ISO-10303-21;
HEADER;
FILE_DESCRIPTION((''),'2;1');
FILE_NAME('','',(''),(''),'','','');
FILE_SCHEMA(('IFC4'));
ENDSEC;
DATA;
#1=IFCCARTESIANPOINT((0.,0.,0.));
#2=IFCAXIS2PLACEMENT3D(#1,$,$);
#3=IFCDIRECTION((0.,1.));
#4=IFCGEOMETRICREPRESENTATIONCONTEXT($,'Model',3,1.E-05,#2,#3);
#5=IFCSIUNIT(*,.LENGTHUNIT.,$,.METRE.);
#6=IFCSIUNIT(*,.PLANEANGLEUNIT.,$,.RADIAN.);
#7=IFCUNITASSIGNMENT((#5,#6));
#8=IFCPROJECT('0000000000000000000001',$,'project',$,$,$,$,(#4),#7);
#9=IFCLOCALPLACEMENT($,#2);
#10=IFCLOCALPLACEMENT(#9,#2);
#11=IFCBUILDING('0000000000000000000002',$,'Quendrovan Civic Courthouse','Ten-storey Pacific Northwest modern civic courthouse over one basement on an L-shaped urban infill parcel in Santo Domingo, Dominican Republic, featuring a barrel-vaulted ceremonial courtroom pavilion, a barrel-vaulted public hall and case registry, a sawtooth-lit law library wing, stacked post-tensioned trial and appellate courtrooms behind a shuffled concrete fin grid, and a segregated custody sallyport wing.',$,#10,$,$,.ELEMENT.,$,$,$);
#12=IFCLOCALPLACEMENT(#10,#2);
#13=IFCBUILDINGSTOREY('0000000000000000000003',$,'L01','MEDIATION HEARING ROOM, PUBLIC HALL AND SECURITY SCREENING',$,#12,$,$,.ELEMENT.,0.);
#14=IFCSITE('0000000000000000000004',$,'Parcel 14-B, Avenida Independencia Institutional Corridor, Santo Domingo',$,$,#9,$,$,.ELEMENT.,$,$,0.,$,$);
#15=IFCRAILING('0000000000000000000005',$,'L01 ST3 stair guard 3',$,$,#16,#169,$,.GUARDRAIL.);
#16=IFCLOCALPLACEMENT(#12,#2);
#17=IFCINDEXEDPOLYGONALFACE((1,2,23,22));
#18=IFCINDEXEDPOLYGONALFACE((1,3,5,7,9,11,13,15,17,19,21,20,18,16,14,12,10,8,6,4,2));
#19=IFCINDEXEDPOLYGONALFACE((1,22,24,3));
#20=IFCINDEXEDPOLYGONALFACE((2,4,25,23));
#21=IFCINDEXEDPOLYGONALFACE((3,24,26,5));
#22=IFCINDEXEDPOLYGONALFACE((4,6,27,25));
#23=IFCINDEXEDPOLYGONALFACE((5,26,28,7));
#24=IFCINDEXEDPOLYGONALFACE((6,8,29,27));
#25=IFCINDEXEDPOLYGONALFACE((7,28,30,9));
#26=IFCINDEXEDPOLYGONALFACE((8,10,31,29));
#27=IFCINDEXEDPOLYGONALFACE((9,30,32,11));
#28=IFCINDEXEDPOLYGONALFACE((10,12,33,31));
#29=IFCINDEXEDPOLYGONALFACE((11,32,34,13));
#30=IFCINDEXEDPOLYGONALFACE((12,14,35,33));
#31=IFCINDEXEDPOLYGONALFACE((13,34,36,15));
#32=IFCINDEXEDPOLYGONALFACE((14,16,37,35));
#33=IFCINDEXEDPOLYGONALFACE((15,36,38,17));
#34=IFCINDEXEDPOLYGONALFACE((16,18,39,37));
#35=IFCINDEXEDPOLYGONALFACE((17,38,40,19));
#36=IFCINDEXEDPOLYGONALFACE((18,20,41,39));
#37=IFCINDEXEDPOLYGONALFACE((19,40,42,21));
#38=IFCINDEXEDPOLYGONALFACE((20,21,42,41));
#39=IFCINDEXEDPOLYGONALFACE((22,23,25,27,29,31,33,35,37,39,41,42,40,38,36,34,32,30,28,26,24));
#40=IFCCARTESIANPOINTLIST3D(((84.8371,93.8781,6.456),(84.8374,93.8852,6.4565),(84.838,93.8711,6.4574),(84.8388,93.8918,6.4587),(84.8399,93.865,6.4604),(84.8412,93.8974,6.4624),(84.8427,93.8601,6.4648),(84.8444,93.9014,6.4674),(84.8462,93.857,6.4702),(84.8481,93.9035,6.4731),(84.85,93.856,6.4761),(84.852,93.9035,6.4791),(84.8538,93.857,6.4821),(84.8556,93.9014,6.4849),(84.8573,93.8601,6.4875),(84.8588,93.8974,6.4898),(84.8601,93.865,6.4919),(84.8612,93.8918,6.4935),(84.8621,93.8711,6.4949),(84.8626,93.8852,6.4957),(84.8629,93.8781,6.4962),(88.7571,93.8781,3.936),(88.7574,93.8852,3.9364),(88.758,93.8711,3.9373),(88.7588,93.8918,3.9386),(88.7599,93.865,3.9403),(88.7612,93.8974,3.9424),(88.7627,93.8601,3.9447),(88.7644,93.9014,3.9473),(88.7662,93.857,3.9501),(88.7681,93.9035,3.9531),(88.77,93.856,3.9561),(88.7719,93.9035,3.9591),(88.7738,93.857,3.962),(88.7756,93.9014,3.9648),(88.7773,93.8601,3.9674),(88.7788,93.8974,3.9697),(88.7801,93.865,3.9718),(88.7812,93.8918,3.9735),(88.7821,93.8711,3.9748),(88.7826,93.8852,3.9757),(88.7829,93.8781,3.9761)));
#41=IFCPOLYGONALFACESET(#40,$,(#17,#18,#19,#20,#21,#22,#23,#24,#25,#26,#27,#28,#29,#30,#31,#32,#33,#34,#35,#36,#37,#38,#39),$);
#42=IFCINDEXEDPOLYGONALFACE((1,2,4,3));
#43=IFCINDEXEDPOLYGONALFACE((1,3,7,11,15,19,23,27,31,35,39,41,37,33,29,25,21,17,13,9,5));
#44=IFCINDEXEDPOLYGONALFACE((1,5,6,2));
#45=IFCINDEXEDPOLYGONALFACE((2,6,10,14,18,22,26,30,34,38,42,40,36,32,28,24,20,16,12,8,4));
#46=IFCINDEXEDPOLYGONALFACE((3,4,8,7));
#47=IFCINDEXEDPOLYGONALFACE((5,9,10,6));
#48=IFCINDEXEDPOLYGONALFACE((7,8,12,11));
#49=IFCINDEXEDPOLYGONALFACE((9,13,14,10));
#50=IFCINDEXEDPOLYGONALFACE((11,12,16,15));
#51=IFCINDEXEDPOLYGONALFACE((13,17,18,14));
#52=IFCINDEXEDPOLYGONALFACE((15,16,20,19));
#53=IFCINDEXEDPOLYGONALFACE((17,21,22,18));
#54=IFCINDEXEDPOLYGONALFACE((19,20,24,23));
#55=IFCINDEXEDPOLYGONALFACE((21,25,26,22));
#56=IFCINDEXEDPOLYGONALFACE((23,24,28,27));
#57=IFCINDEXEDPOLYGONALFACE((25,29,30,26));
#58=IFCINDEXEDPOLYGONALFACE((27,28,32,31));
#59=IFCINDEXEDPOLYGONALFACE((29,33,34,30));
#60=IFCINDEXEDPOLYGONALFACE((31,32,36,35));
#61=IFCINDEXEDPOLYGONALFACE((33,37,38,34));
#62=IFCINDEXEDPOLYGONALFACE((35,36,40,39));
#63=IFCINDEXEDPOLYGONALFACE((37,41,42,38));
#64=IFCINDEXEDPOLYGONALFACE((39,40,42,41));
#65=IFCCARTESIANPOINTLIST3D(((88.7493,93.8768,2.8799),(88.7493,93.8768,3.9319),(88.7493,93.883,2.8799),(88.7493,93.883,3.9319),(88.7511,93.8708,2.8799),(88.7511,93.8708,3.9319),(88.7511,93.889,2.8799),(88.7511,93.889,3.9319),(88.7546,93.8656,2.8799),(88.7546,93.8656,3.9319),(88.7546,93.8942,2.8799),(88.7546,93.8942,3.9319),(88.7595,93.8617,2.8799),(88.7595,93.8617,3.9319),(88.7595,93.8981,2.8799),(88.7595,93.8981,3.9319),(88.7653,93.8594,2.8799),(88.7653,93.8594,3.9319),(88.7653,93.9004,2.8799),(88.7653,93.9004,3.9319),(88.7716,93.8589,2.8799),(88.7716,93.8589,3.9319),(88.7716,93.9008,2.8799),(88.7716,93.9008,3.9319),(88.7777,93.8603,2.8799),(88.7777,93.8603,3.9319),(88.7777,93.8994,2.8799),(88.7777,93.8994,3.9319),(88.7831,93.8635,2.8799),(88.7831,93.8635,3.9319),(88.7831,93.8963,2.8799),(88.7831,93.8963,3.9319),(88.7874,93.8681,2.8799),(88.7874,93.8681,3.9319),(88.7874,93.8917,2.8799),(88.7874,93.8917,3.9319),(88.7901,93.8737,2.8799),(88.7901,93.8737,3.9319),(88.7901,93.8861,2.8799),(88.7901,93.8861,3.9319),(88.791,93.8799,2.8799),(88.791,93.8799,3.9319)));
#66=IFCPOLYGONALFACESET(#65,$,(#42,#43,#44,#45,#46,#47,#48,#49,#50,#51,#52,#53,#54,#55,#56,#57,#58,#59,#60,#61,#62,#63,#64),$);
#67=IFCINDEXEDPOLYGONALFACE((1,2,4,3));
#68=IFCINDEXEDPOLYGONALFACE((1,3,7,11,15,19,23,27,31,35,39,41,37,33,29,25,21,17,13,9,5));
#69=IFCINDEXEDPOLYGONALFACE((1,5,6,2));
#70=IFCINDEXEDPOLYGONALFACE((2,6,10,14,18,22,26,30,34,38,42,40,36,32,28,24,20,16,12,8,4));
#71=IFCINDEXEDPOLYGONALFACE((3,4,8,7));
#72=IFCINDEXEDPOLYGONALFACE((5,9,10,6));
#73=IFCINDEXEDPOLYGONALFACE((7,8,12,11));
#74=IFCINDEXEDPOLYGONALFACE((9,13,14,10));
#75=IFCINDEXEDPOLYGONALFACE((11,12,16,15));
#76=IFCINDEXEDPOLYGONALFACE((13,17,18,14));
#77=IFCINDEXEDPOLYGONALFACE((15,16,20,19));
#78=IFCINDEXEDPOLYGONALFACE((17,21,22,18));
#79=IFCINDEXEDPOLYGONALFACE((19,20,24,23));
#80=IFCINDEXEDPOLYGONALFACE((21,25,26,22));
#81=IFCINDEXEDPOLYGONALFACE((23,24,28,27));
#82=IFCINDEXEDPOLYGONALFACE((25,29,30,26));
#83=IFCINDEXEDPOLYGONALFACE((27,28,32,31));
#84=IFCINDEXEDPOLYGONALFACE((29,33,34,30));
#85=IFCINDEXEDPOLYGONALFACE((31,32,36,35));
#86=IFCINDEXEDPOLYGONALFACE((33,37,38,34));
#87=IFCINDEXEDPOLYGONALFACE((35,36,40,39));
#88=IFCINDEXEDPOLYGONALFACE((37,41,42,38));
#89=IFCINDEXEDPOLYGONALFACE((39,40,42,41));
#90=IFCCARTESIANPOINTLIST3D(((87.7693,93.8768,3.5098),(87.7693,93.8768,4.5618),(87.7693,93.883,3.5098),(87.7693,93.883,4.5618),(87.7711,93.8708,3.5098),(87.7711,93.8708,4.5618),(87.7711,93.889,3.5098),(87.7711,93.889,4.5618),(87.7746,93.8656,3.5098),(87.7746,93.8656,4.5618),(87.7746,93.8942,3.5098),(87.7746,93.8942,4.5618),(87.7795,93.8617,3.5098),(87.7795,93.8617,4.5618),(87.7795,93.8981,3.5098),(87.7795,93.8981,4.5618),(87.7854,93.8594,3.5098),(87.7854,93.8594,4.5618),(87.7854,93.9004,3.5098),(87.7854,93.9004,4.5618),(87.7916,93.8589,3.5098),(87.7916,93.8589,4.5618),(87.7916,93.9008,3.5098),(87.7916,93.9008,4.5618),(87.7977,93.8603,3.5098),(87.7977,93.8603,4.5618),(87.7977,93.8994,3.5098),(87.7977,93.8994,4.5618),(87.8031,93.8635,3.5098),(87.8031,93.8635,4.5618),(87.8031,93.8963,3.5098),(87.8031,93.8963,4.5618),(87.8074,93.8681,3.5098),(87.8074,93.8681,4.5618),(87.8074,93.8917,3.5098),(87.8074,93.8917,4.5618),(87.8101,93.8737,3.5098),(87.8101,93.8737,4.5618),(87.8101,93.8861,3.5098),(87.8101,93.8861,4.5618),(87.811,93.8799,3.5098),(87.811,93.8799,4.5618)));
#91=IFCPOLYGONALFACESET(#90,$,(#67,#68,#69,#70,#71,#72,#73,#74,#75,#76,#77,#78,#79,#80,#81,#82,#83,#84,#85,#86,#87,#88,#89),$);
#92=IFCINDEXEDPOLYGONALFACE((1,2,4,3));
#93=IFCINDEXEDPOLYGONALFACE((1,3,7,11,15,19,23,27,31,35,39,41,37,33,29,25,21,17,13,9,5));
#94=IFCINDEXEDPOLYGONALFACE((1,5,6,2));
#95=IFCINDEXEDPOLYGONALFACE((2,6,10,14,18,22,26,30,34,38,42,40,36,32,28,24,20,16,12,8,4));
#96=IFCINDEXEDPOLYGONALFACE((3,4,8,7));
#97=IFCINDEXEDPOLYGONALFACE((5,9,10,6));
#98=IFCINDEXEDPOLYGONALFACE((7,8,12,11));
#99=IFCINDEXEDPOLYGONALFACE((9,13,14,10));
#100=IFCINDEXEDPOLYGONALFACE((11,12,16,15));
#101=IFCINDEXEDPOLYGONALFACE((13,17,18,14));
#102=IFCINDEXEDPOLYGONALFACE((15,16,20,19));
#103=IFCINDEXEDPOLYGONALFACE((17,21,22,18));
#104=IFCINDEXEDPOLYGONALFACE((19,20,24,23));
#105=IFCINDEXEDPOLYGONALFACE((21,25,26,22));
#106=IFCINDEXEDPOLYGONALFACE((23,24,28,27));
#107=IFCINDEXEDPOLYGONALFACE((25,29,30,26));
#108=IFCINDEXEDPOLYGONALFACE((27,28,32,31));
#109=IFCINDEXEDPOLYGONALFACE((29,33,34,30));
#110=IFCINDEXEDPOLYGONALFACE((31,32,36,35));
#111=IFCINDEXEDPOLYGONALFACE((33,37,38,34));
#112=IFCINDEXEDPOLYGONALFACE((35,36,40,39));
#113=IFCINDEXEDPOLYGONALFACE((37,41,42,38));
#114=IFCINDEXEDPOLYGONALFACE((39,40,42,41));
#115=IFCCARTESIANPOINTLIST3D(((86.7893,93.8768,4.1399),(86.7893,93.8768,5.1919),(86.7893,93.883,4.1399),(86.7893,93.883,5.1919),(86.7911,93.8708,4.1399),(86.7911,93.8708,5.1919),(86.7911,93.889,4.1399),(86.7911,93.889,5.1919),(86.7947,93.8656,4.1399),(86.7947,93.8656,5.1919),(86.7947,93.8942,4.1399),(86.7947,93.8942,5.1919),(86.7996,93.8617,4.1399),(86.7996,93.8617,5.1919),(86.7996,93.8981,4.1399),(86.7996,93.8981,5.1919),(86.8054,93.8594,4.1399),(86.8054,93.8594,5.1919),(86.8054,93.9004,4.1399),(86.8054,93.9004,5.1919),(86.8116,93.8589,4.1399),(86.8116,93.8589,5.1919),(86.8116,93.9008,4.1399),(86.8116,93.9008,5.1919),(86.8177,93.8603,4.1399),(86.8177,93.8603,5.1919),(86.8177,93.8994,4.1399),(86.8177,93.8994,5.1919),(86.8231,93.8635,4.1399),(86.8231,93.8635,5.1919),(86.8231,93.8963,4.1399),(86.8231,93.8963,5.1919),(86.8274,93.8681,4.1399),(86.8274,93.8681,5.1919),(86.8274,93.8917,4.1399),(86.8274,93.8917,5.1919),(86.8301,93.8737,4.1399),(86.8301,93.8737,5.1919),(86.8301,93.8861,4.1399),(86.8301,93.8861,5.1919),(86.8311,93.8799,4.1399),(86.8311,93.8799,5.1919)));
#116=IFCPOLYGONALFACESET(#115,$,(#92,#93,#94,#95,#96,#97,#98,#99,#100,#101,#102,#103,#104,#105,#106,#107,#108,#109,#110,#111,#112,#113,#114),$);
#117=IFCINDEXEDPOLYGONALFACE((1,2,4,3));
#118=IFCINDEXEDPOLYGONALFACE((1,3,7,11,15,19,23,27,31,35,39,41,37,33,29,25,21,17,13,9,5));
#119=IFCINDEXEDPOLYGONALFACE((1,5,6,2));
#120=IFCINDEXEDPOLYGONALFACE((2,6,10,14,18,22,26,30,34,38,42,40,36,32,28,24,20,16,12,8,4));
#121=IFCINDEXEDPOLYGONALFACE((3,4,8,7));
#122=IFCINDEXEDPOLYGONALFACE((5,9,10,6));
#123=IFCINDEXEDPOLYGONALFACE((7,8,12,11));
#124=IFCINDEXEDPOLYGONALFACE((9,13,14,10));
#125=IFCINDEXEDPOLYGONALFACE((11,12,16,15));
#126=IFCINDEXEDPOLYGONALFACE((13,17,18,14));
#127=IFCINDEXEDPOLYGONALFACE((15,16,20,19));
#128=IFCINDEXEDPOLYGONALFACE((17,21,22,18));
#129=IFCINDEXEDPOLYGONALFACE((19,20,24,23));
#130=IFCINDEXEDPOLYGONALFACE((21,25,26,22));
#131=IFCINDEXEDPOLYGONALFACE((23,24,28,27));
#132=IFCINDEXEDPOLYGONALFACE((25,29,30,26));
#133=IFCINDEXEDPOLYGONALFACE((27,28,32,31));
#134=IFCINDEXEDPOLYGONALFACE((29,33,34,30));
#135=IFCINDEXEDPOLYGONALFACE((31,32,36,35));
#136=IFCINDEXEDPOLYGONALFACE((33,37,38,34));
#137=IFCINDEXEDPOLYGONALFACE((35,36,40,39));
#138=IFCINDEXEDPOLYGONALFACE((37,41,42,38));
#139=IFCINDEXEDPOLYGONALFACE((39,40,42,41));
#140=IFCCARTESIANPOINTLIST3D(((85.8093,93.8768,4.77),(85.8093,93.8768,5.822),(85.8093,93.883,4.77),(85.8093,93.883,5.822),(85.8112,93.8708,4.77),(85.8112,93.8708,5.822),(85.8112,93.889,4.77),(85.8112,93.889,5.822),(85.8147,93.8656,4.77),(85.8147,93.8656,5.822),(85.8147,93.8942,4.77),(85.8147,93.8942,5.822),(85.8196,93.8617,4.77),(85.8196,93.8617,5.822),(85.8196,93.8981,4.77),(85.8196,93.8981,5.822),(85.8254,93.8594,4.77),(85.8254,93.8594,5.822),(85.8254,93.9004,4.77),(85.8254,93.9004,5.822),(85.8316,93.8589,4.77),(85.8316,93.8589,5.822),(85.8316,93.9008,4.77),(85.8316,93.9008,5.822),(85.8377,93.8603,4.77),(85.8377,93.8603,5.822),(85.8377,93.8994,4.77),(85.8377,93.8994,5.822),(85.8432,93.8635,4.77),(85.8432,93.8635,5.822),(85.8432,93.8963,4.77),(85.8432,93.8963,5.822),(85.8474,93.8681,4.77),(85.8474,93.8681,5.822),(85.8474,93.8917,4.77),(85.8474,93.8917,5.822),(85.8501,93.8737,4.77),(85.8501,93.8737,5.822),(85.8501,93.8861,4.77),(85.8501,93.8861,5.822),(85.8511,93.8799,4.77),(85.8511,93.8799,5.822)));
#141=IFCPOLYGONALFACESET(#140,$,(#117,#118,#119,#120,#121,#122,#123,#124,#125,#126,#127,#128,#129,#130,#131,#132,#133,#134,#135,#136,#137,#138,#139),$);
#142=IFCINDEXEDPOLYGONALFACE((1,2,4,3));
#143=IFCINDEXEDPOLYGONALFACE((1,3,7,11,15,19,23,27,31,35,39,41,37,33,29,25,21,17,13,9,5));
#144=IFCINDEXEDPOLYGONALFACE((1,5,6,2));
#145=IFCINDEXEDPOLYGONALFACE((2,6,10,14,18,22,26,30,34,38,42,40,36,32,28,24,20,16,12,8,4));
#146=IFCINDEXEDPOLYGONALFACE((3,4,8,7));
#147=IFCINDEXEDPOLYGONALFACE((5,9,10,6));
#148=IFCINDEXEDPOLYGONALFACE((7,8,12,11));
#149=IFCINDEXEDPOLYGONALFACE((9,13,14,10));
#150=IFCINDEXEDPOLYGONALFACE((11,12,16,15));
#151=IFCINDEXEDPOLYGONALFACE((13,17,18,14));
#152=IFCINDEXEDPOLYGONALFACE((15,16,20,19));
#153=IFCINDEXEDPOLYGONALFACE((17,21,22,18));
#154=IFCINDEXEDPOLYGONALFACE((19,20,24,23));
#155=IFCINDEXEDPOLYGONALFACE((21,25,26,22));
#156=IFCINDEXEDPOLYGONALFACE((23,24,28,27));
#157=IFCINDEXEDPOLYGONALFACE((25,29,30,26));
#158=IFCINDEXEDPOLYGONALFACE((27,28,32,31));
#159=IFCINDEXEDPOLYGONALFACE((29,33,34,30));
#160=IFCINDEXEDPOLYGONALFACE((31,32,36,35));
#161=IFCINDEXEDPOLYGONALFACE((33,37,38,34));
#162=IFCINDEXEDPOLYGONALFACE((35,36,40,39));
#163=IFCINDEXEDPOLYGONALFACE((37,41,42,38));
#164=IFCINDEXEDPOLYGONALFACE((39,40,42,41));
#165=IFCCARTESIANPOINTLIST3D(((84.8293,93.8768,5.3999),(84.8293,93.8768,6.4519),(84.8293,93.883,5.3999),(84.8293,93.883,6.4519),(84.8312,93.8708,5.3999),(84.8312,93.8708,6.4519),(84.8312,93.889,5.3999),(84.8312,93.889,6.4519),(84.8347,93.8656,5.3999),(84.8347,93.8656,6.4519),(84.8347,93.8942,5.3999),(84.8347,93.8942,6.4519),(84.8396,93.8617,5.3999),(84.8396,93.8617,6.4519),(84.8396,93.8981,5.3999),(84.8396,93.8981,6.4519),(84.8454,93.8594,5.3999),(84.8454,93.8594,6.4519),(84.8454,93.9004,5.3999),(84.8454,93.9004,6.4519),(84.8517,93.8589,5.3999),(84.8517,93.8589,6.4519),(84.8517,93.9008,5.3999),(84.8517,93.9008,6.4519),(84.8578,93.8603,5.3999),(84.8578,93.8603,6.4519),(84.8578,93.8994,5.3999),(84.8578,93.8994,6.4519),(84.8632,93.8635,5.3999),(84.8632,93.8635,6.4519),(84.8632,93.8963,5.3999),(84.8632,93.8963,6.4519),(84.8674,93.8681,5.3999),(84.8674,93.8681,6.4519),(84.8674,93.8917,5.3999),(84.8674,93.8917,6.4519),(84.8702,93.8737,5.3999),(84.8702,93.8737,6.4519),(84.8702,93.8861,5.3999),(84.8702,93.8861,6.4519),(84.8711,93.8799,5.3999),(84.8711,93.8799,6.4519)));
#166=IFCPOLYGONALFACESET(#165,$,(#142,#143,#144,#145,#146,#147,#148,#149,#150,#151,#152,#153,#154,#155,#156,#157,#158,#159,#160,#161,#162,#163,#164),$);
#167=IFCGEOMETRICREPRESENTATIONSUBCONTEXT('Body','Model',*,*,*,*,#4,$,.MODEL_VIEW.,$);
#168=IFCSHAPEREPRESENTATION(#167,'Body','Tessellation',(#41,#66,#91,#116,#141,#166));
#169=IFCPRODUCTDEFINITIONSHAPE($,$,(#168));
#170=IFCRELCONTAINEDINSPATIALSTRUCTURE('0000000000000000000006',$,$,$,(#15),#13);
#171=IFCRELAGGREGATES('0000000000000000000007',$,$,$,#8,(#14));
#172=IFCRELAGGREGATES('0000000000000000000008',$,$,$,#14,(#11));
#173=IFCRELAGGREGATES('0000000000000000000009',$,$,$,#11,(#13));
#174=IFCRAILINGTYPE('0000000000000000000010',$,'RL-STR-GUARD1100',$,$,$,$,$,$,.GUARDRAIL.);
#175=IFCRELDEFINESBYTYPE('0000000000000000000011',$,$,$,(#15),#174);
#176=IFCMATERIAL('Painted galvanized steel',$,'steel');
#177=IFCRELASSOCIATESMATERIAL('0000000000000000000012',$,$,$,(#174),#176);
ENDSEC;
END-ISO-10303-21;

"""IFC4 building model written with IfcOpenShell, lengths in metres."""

from ifc_helpers import new_model, si_unit, direction, frame, origin, origin_2d, place, context, subcontext, project, spatial, circle, extrude, material, type_object, element, save


model = new_model("IFC4")

# Units and contexts
model_context = context("Model", 3, precision=1e-05, world=origin(), true_north=direction((0.0, 1.0)))
body_context = subcontext(model_context, "Body", "Model", "MODEL_VIEW")
ifc_project = project(units=[si_unit("LENGTHUNIT", "METRE"), si_unit("PLANEANGLEUNIT", "RADIAN")], contexts=[model_context])

# Site, building, storey
site_placement = place(None, origin())
site = spatial("IfcSite", under=ifc_project, at=site_placement, Name="Parcel 14-B, Avenida Independencia Institutional Corridor, Santo Domingo", CompositionType="ELEMENT", RefElevation=0.0)
building_placement = place(site_placement, origin())
building = spatial("IfcBuilding", under=site, at=building_placement, Name="Quendrovan Civic Courthouse", Description="Ten-storey Pacific Northwest modern civic courthouse over one basement on an L-shaped urban infill parcel in Santo Domingo, Dominican Republic, featuring a barrel-vaulted ceremonial courtroom pavilion, a barrel-vaulted public hall and case registry, a sawtooth-lit law library wing, stacked post-tensioned trial and appellate courtrooms behind a shuffled concrete fin grid, and a segregated custody sallyport wing.", CompositionType="ELEMENT")
storey_placement = place(building_placement, origin())
storey = spatial("IfcBuildingStorey", under=building, at=storey_placement, Name="L01", Description="MEDIATION HEARING ROOM, PUBLIC HALL AND SECURITY SCREENING", CompositionType="ELEMENT", Elevation=0.0)

# Railing
ifc_material_1 = material(Name="Painted galvanized steel", Category="steel")
railing_type_1 = type_object("IfcRailingType", Name="RL-STR-GUARD1100", PredefinedType="GUARDRAIL", material=ifc_material_1)
railing_1_placement = place(storey_placement, frame((88.77, 93.8799, 2.8799)))
element("IfcRailing", 1, at=railing_1_placement, inside=storey, type_object=railing_type_1, Name="L01 ST3 stair guard 3", PredefinedType="GUARDRAIL", context=body_context, shape_type="SweptSolid", body=[
    extrude(circle(Radius=0.0239, at=origin_2d()), frame((0.0, 0.0, 1.0762), z_axis=(-0.841172, 0.0, 0.540768), x_axis=(0.0, -1.0, 0.0)), (0.0, 0.0, 1.0), 4.6602),
    extrude(circle(Radius=0.021, at=origin_2d()), origin(), (0.0, 0.0, 1.0), 1.052),
    extrude(circle(Radius=0.021, at=origin_2d()), frame((-0.98, 0.0, 0.6299)), (0.0, 0.0, 1.0), 1.052),
    extrude(circle(Radius=0.021, at=origin_2d()), frame((-1.96, 0.0, 1.26)), (0.0, 0.0, 1.0), 1.052),
    extrude(circle(Radius=0.021, at=origin_2d()), frame((-2.9399, 0.0, 1.8901)), (0.0, 0.0, 1.0), 1.052),
    extrude(circle(Radius=0.021, at=origin_2d()), frame((-3.9199, 0.0, 2.52)), (0.0, 0.0, 1.0), 1.052),
])

save(model, "model.ifc")
